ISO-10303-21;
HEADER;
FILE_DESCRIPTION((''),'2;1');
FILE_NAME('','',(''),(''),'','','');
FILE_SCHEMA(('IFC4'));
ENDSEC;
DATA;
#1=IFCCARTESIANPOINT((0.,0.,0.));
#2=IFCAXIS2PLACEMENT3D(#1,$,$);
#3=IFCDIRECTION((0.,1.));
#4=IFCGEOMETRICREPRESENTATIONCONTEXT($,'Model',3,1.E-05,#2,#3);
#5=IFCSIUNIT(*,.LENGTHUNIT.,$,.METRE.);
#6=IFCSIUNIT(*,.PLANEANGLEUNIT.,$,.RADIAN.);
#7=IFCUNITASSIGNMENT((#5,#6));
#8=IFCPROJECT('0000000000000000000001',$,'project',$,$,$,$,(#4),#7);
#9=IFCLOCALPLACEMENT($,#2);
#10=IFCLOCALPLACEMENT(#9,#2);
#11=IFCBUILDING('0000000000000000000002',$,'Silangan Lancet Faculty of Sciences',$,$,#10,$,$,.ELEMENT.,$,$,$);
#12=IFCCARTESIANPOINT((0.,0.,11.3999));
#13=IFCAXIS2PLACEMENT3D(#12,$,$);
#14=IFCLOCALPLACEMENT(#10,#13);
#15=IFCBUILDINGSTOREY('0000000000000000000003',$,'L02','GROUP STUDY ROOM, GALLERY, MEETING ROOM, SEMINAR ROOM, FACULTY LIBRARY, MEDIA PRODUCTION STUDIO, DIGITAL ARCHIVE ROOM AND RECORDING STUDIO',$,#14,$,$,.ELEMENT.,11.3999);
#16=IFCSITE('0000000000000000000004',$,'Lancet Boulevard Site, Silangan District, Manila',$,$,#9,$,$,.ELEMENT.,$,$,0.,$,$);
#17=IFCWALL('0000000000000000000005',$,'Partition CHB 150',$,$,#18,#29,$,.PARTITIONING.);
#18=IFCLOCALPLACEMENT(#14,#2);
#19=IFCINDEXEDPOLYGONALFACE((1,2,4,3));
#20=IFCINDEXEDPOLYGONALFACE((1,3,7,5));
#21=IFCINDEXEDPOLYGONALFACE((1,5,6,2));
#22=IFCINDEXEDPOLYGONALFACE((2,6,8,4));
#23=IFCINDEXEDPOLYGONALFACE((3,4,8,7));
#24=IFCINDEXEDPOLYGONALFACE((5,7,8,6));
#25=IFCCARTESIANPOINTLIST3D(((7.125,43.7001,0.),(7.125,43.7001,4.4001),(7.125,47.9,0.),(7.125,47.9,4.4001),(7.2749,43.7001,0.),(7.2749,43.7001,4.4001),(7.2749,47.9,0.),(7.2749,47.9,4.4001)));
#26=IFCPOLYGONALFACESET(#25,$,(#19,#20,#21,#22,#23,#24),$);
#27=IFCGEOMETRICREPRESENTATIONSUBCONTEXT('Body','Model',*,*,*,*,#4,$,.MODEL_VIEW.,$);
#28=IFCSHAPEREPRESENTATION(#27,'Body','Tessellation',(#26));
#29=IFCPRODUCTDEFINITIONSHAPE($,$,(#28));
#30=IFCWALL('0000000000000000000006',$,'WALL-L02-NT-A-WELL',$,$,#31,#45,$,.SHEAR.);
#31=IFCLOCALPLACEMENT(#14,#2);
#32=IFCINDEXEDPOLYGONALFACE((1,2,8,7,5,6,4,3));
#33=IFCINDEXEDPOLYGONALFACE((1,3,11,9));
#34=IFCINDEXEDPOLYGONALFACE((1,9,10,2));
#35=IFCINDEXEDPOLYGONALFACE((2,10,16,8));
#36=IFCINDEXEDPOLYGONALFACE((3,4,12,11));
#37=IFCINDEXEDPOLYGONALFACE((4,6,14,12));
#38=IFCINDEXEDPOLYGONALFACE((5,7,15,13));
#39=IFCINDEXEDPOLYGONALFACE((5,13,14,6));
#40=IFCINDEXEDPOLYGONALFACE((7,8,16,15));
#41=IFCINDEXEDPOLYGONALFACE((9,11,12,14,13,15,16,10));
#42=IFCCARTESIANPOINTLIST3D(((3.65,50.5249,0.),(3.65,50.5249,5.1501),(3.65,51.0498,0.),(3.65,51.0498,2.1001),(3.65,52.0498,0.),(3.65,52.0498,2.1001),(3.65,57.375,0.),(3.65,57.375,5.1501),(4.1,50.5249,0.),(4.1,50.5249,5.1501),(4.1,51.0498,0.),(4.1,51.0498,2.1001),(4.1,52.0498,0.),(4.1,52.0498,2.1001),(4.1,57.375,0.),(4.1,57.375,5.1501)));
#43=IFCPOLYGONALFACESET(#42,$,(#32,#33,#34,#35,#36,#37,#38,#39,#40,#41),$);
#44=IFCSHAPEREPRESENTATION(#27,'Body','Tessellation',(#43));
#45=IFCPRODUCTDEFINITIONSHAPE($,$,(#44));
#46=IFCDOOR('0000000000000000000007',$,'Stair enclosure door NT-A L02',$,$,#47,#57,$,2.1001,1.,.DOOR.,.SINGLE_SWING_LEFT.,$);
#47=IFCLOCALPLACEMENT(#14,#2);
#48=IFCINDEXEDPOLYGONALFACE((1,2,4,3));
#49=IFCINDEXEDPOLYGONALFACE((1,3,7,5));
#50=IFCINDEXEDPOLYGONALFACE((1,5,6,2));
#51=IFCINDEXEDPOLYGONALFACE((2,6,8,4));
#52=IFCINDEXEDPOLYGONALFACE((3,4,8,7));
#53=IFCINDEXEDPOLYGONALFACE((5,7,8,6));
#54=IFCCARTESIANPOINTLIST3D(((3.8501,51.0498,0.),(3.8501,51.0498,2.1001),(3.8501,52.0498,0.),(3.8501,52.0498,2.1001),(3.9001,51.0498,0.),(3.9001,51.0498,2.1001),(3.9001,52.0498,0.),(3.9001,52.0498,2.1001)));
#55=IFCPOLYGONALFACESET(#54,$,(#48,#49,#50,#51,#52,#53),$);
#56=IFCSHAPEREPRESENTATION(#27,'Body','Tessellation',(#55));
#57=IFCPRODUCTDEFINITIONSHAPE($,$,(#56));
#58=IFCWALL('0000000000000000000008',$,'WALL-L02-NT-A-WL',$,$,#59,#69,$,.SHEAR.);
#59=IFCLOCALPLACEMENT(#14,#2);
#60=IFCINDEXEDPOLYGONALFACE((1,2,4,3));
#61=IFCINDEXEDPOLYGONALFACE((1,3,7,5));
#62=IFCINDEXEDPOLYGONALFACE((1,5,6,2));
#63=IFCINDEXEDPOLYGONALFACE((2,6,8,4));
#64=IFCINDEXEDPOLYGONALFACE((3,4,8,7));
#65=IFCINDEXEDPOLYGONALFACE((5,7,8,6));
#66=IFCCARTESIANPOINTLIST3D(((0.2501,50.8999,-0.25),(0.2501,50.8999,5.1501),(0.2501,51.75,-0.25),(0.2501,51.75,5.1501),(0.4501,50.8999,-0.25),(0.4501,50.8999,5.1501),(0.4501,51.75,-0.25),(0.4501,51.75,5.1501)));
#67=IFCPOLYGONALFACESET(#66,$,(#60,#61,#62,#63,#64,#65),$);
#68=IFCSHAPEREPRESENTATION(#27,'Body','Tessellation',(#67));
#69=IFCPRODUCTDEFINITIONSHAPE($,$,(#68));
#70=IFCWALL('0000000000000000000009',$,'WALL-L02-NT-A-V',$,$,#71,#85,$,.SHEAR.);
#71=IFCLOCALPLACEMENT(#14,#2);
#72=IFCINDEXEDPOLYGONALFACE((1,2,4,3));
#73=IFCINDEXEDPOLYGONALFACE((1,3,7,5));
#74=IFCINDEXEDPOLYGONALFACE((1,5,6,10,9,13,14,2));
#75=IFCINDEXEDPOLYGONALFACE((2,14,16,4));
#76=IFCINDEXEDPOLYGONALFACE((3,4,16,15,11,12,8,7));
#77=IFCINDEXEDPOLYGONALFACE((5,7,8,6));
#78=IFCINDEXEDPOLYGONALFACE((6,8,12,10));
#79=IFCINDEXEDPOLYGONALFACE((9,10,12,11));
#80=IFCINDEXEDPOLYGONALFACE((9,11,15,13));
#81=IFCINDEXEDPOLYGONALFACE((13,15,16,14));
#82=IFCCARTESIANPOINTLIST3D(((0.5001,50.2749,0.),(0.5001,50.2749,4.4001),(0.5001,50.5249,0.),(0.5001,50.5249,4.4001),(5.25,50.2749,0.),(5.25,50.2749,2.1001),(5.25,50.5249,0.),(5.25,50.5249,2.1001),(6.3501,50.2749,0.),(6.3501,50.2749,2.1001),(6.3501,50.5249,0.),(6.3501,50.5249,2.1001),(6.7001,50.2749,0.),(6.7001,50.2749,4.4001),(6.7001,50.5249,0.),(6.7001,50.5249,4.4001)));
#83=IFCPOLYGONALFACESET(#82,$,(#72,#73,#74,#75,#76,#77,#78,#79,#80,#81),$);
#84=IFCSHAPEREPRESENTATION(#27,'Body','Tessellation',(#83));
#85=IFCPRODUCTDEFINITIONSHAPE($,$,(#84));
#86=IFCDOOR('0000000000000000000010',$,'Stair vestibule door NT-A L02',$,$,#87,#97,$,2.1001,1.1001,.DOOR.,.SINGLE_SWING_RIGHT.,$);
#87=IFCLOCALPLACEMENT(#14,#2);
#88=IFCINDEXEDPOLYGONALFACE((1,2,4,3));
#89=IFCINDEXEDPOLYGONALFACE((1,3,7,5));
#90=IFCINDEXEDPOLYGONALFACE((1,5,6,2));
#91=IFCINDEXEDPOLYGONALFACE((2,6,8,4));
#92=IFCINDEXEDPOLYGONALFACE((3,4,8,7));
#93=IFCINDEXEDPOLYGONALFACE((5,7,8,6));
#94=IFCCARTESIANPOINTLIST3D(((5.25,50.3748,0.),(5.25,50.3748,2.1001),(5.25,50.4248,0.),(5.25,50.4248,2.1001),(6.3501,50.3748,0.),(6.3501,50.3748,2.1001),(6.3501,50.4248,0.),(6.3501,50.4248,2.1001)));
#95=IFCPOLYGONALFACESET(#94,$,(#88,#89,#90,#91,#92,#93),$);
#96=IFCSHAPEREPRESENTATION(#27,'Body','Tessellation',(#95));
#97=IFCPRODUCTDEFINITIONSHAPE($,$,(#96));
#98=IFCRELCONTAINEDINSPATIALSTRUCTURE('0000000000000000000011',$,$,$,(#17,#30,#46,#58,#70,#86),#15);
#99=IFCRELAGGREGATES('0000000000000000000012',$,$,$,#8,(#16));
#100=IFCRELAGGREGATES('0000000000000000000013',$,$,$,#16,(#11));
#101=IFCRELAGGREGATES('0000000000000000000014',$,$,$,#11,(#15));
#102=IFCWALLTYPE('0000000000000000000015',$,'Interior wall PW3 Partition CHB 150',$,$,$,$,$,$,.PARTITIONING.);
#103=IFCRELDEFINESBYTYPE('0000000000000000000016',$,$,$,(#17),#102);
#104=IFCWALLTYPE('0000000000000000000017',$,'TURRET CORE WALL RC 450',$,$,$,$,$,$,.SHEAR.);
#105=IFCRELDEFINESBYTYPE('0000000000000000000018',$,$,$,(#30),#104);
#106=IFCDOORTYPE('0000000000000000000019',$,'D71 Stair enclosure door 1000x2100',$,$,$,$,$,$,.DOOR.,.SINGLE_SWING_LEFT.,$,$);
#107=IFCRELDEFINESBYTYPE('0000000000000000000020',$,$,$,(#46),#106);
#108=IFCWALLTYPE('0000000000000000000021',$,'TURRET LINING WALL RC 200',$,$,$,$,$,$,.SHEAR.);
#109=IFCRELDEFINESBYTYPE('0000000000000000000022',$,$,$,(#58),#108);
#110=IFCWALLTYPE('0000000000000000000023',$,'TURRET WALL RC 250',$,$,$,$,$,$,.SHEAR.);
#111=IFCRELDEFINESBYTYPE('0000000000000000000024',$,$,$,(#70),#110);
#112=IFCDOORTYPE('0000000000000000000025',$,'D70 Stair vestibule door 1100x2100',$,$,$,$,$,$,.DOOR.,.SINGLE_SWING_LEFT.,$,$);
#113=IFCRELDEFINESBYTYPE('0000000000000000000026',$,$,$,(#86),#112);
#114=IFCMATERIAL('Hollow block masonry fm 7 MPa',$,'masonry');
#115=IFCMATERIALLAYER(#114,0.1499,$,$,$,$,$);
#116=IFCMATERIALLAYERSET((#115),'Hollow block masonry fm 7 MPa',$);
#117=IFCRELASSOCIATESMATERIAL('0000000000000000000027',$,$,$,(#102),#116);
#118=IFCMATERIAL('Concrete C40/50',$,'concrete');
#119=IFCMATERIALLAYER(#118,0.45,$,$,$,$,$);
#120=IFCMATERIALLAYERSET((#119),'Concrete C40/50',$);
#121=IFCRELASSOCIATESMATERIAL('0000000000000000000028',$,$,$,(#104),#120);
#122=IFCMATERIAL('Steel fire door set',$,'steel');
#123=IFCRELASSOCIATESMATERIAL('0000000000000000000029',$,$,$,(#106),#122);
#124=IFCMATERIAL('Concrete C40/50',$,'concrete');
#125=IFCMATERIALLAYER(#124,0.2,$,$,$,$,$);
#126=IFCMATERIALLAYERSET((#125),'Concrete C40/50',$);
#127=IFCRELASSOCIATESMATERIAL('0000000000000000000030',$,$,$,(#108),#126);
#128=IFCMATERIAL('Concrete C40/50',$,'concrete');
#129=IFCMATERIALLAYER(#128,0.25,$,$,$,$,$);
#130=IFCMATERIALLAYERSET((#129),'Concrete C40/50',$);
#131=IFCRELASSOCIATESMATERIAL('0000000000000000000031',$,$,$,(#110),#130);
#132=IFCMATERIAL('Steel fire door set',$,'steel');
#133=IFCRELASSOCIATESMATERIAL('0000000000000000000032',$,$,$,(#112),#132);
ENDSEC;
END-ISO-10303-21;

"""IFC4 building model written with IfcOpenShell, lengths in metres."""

from ifc_helpers import new_model, si_unit, direction, frame, frame_2d, origin, place, context, subcontext, project, spatial, rectangle, extrude, material, layer, layer_set, type_object, element, fill, save


model = new_model("IFC4")

# Units and contexts
model_context = context("Model", 3, precision=1e-05, world=origin(), true_north=direction((0.0, 1.0)))
body_context = subcontext(model_context, "Body", "Model", "MODEL_VIEW")
ifc_project = project(units=[si_unit("LENGTHUNIT", "METRE"), si_unit("PLANEANGLEUNIT", "RADIAN")], contexts=[model_context])

# Site, building, storey
site_placement = place(None, origin())
site = spatial("IfcSite", under=ifc_project, at=site_placement, Name="Lancet Boulevard Site, Silangan District, Manila", CompositionType="ELEMENT", RefElevation=0.0)
building_placement = place(site_placement, origin())
building = spatial("IfcBuilding", under=site, at=building_placement, Name="Silangan Lancet Faculty of Sciences", CompositionType="ELEMENT")
storey_placement = place(building_placement, frame((0.0, 0.0, 11.3999)))
storey = spatial("IfcBuildingStorey", under=building, at=storey_placement, Name="L02", Description="GROUP STUDY ROOM, GALLERY, MEETING ROOM, SEMINAR ROOM, FACULTY LIBRARY, MEDIA PRODUCTION STUDIO, DIGITAL ARCHIVE ROOM AND RECORDING STUDIO", CompositionType="ELEMENT", Elevation=11.3999)

# Wall
ifc_material_1 = material(Name="Hollow block masonry fm 7 MPa", Category="masonry")
ifc_layer_1 = layer(ifc_material_1, 0.1499)
ifc_layer_set_1 = layer_set([ifc_layer_1], Name="Hollow block masonry fm 7 MPa")
wall_type_1 = type_object("IfcWallType", Name="Interior wall PW3 Partition CHB 150", PredefinedType="PARTITIONING", material=ifc_layer_set_1)
wall_1_placement = place(storey_placement, frame((7.2, 43.7, 0.0), z_axis=(0.0, 0.0, 1.0), x_axis=(0.0, 1.0, 0.0)))
element("IfcWall", 1, at=wall_1_placement, inside=storey, type_object=wall_type_1, Name="Partition CHB 150", PredefinedType="PARTITIONING", context=body_context, shape_type="SweptSolid", body=[
    extrude(rectangle(XDim=4.2, YDim=0.1499, at=frame_2d((2.1001, 0.0))), origin(), (0.0, 0.0, 1.0), 4.4001),
])

# Wall, opening, door
ifc_material_2 = material(Name="Concrete C40/50", Category="concrete")
ifc_layer_2 = layer(ifc_material_2, 0.45)
ifc_layer_set_2 = layer_set([ifc_layer_2], Name="Concrete C40/50")
wall_type_2 = type_object("IfcWallType", Name="TURRET CORE WALL RC 450", PredefinedType="SHEAR", material=ifc_layer_set_2)
wall_2_placement = place(storey_placement, frame((3.875, 50.5249, 0.0), z_axis=(0.0, 0.0, 1.0), x_axis=(0.0, 1.0, 0.0)))
wall_2 = element("IfcWall", 2, at=wall_2_placement, inside=storey, type_object=wall_type_2, Name="WALL-L02-NT-A-WELL", PredefinedType="SHEAR", context=body_context, shape_type="SweptSolid", body=[
    extrude(rectangle(XDim=6.8501, YDim=0.45, at=frame_2d((3.425, 0.0))), origin(), (0.0, 0.0, 1.0), 5.1501),
])
opening_1_placement = place(wall_2_placement, frame((0.5249, 0.0, 0.0)))
opening_1 = element("IfcOpeningElement", 3, at=opening_1_placement, cuts=wall_2, PredefinedType="OPENING", context=body_context, shape_type="SweptSolid", body=[
    extrude(rectangle(XDim=1.0, YDim=2.1001, at=frame_2d((0.5, 1.05))), frame((0.0, 0.2349, 0.0), z_axis=(0.0, -1.0, 0.0), x_axis=(1.0, 0.0, 0.0)), (0.0, 0.0, 1.0), 0.47),
])
ifc_material_3 = material(Name="Steel fire door set", Category="steel")
door_type_1 = type_object("IfcDoorType", Name="D71 Stair enclosure door 1000x2100", OperationType="SINGLE_SWING_LEFT", PredefinedType="DOOR", material=ifc_material_3)
door_1_placement = place(opening_1_placement, origin())
door_1 = element("IfcDoor", 4, at=door_1_placement, inside=storey, type_object=door_type_1, Name="Stair enclosure door NT-A L02", OperationType="SINGLE_SWING_LEFT", OverallHeight=2.1001, OverallWidth=1.0, PredefinedType="DOOR", context=body_context, shape_type="SweptSolid", body=[
    extrude(rectangle(XDim=1.0, YDim=2.1001, at=frame_2d((0.5, 1.05))), frame((0.0, 0.0249, 0.0), z_axis=(0.0, -1.0, 0.0), x_axis=(1.0, 0.0, 0.0)), (0.0, 0.0, 1.0), 0.05),
])
fill(opening_1, door_1)

# Wall
ifc_material_4 = material(Name="Concrete C40/50", Category="concrete")
ifc_layer_3 = layer(ifc_material_4, 0.2)
ifc_layer_set_3 = layer_set([ifc_layer_3], Name="Concrete C40/50")
wall_type_3 = type_object("IfcWallType", Name="TURRET LINING WALL RC 200", PredefinedType="SHEAR", material=ifc_layer_set_3)
wall_3_placement = place(storey_placement, frame((0.3501, 50.8999, -0.25), z_axis=(0.0, 0.0, 1.0), x_axis=(0.0, 1.0, 0.0)))
element("IfcWall", 5, at=wall_3_placement, inside=storey, type_object=wall_type_3, Name="WALL-L02-NT-A-WL", PredefinedType="SHEAR", context=body_context, shape_type="SweptSolid", body=[
    extrude(rectangle(XDim=0.8501, YDim=0.2, at=frame_2d((0.425, 0.0))), origin(), (0.0, 0.0, 1.0), 5.4001),
])

# Wall, opening, door
ifc_material_5 = material(Name="Concrete C40/50", Category="concrete")
ifc_layer_4 = layer(ifc_material_5, 0.25)
ifc_layer_set_4 = layer_set([ifc_layer_4], Name="Concrete C40/50")
wall_type_4 = type_object("IfcWallType", Name="TURRET WALL RC 250", PredefinedType="SHEAR", material=ifc_layer_set_4)
wall_4_placement = place(storey_placement, frame((0.5, 50.3999, 0.0), z_axis=(0.0, 0.0, 1.0), x_axis=(1.0, 0.0, 0.0)))
wall_4 = element("IfcWall", 6, at=wall_4_placement, inside=storey, type_object=wall_type_4, Name="WALL-L02-NT-A-V", PredefinedType="SHEAR", context=body_context, shape_type="SweptSolid", body=[
    extrude(rectangle(XDim=6.2, YDim=0.25, at=frame_2d((3.1001, 0.0))), origin(), (0.0, 0.0, 1.0), 4.4001),
])
opening_2_placement = place(wall_4_placement, frame((4.75, 0.0, 0.0)))
opening_2 = element("IfcOpeningElement", 7, at=opening_2_placement, cuts=wall_4, PredefinedType="OPENING", context=body_context, shape_type="SweptSolid", body=[
    extrude(rectangle(XDim=1.1001, YDim=2.1001, at=frame_2d((0.55, 1.05))), frame((0.0, 0.135, 0.0), z_axis=(0.0, -1.0, 0.0), x_axis=(1.0, 0.0, 0.0)), (0.0, 0.0, 1.0), 0.27),
])
ifc_material_6 = material(Name="Steel fire door set", Category="steel")
door_type_2 = type_object("IfcDoorType", Name="D70 Stair vestibule door 1100x2100", OperationType="SINGLE_SWING_LEFT", PredefinedType="DOOR", material=ifc_material_6)
door_2_placement = place(opening_2_placement, origin())
door_2 = element("IfcDoor", 8, at=door_2_placement, inside=storey, type_object=door_type_2, Name="Stair vestibule door NT-A L02", OperationType="SINGLE_SWING_RIGHT", OverallHeight=2.1001, OverallWidth=1.1001, PredefinedType="DOOR", context=body_context, shape_type="SweptSolid", body=[
    extrude(rectangle(XDim=1.1001, YDim=2.1001, at=frame_2d((0.55, 1.05))), frame((0.0, 0.0249, 0.0), z_axis=(0.0, -1.0, 0.0), x_axis=(1.0, 0.0, 0.0)), (0.0, 0.0, 1.0), 0.05),
])
fill(opening_2, door_2)

save(model, "model.ifc")
